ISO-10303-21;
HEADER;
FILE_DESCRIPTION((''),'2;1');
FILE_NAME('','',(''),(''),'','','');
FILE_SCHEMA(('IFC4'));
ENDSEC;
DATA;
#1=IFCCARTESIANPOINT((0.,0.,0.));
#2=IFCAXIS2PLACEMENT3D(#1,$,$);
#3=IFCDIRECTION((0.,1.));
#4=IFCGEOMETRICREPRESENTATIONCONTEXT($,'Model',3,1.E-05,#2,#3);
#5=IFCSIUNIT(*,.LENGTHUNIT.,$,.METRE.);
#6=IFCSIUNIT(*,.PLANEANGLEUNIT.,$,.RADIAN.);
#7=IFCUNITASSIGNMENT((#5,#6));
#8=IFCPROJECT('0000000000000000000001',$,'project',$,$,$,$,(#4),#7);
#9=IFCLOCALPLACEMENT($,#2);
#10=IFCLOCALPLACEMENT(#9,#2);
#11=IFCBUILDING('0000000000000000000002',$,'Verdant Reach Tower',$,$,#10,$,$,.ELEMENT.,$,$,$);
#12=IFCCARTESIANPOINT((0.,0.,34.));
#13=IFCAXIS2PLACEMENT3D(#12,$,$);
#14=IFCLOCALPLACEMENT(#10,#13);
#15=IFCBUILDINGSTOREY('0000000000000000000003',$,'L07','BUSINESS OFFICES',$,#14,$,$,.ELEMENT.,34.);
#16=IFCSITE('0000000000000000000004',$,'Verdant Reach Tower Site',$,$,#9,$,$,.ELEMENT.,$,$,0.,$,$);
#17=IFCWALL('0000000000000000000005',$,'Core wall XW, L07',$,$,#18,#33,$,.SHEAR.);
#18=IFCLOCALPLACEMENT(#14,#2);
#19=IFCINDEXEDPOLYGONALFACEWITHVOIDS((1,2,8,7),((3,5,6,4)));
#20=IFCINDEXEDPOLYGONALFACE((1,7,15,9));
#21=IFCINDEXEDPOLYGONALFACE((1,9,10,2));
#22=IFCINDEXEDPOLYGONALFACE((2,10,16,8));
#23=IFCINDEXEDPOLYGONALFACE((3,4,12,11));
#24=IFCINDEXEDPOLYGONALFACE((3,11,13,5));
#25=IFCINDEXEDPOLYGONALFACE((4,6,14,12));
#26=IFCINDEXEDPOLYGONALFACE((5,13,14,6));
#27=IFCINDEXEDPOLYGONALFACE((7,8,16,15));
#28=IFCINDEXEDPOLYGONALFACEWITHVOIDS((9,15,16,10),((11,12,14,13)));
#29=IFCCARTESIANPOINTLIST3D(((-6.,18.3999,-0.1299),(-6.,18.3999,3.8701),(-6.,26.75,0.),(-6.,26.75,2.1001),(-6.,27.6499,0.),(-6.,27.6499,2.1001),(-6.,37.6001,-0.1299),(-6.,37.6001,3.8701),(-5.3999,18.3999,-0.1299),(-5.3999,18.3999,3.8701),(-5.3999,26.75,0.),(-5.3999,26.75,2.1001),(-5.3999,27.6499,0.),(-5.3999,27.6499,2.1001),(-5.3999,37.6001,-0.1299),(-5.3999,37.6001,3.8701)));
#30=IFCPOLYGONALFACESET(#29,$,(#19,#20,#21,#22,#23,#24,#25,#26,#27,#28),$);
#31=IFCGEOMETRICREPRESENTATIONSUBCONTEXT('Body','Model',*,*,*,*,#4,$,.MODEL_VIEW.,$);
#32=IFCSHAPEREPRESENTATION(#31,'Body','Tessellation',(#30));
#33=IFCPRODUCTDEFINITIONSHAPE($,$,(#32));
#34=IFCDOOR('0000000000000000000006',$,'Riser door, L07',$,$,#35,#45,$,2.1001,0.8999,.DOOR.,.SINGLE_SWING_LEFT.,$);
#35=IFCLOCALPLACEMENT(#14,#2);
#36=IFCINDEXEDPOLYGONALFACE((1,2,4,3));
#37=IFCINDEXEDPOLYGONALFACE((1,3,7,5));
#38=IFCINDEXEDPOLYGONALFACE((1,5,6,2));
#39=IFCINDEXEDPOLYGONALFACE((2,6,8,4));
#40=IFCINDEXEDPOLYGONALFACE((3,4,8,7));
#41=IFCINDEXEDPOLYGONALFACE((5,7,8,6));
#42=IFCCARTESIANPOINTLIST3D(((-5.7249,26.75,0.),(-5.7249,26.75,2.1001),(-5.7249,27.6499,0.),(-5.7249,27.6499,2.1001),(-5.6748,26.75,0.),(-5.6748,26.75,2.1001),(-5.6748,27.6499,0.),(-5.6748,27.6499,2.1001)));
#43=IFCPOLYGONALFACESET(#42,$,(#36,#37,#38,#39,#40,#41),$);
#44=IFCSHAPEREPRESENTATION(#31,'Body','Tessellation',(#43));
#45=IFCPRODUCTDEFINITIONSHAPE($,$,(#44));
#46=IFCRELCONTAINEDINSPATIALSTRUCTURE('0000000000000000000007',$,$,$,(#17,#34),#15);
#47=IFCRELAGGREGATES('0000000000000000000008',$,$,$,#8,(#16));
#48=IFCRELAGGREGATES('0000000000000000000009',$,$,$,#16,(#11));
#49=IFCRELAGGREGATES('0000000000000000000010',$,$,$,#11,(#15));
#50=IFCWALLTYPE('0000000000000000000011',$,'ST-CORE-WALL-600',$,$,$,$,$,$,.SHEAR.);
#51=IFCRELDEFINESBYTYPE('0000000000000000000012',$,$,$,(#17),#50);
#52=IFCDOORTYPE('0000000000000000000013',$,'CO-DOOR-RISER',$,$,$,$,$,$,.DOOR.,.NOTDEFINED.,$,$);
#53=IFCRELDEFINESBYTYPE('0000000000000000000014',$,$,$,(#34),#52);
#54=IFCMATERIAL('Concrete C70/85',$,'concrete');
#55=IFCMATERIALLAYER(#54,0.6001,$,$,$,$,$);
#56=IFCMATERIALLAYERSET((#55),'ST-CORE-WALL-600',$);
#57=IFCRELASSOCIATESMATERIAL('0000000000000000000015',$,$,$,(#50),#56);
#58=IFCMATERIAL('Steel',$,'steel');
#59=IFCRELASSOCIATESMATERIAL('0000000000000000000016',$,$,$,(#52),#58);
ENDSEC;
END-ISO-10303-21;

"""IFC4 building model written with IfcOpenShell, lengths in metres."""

from ifc_helpers import new_model, si_unit, direction, frame, frame_2d, origin, place, context, subcontext, project, spatial, rectangle, extrude, material, layer, layer_set, type_object, element, fill, save


model = new_model("IFC4")

# Units and contexts
model_context = context("Model", 3, precision=1e-05, world=origin(), true_north=direction((0.0, 1.0)))
body_context = subcontext(model_context, "Body", "Model", "MODEL_VIEW")
ifc_project = project(units=[si_unit("LENGTHUNIT", "METRE"), si_unit("PLANEANGLEUNIT", "RADIAN")], contexts=[model_context])

# Site, building, storey
site_placement = place(None, origin())
site = spatial("IfcSite", under=ifc_project, at=site_placement, Name="Verdant Reach Tower Site", CompositionType="ELEMENT", RefElevation=0.0)
building_placement = place(site_placement, origin())
building = spatial("IfcBuilding", under=site, at=building_placement, Name="Verdant Reach Tower", CompositionType="ELEMENT")
storey_placement = place(building_placement, frame((0.0, 0.0, 34.0)))
storey = spatial("IfcBuildingStorey", under=building, at=storey_placement, Name="L07", Description="BUSINESS OFFICES", CompositionType="ELEMENT", Elevation=34.0)

# Wall, opening, door
ifc_material_1 = material(Name="Concrete C70/85", Category="concrete")
ifc_layer_1 = layer(ifc_material_1, 0.6001)
ifc_layer_set_1 = layer_set([ifc_layer_1], Name="ST-CORE-WALL-600")
wall_type_1 = type_object("IfcWallType", Name="ST-CORE-WALL-600", PredefinedType="SHEAR", material=ifc_layer_set_1)
wall_1_placement = place(storey_placement, frame((-5.7, 18.3999, -0.1299), z_axis=(0.0, 0.0, 1.0), x_axis=(0.0, 1.0, 0.0)))
wall_1 = element("IfcWall", 1, at=wall_1_placement, inside=storey, type_object=wall_type_1, Name="Core wall XW, L07", PredefinedType="SHEAR", context=body_context, shape_type="SweptSolid", body=[
    extrude(rectangle(XDim=19.2002, YDim=0.6001, at=frame_2d((9.6001, 0.0))), origin(), (0.0, 0.0, 1.0), 4.0),
])
opening_1_placement = place(wall_1_placement, frame((8.3501, 0.0, 0.1299)))
opening_1 = element("IfcOpeningElement", 2, at=opening_1_placement, cuts=wall_1, PredefinedType="OPENING", context=body_context, shape_type="SweptSolid", body=[
    extrude(rectangle(XDim=0.8999, YDim=2.1001, at=frame_2d((0.45, 1.05))), frame((0.0, 0.3101, 0.0), z_axis=(0.0, -1.0, 0.0), x_axis=(1.0, 0.0, 0.0)), (0.0, 0.0, 1.0), 0.6201),
])
ifc_material_2 = material(Name="Steel", Category="steel")
door_type_1 = type_object("IfcDoorType", Name="CO-DOOR-RISER", OperationType="NOTDEFINED", PredefinedType="DOOR", material=ifc_material_2)
door_1_placement = place(opening_1_placement, origin())
door_1 = element("IfcDoor", 3, at=door_1_placement, inside=storey, type_object=door_type_1, Name="Riser door, L07", OperationType="SINGLE_SWING_LEFT", OverallHeight=2.1001, OverallWidth=0.8999, PredefinedType="DOOR", context=body_context, shape_type="SweptSolid", body=[
    extrude(rectangle(XDim=0.8999, YDim=2.1001, at=frame_2d((0.45, 1.05))), frame((0.0, 0.0249, 0.0), z_axis=(0.0, -1.0, 0.0), x_axis=(1.0, 0.0, 0.0)), (0.0, 0.0, 1.0), 0.05),
])
fill(opening_1, door_1)

save(model, "model.ifc")
